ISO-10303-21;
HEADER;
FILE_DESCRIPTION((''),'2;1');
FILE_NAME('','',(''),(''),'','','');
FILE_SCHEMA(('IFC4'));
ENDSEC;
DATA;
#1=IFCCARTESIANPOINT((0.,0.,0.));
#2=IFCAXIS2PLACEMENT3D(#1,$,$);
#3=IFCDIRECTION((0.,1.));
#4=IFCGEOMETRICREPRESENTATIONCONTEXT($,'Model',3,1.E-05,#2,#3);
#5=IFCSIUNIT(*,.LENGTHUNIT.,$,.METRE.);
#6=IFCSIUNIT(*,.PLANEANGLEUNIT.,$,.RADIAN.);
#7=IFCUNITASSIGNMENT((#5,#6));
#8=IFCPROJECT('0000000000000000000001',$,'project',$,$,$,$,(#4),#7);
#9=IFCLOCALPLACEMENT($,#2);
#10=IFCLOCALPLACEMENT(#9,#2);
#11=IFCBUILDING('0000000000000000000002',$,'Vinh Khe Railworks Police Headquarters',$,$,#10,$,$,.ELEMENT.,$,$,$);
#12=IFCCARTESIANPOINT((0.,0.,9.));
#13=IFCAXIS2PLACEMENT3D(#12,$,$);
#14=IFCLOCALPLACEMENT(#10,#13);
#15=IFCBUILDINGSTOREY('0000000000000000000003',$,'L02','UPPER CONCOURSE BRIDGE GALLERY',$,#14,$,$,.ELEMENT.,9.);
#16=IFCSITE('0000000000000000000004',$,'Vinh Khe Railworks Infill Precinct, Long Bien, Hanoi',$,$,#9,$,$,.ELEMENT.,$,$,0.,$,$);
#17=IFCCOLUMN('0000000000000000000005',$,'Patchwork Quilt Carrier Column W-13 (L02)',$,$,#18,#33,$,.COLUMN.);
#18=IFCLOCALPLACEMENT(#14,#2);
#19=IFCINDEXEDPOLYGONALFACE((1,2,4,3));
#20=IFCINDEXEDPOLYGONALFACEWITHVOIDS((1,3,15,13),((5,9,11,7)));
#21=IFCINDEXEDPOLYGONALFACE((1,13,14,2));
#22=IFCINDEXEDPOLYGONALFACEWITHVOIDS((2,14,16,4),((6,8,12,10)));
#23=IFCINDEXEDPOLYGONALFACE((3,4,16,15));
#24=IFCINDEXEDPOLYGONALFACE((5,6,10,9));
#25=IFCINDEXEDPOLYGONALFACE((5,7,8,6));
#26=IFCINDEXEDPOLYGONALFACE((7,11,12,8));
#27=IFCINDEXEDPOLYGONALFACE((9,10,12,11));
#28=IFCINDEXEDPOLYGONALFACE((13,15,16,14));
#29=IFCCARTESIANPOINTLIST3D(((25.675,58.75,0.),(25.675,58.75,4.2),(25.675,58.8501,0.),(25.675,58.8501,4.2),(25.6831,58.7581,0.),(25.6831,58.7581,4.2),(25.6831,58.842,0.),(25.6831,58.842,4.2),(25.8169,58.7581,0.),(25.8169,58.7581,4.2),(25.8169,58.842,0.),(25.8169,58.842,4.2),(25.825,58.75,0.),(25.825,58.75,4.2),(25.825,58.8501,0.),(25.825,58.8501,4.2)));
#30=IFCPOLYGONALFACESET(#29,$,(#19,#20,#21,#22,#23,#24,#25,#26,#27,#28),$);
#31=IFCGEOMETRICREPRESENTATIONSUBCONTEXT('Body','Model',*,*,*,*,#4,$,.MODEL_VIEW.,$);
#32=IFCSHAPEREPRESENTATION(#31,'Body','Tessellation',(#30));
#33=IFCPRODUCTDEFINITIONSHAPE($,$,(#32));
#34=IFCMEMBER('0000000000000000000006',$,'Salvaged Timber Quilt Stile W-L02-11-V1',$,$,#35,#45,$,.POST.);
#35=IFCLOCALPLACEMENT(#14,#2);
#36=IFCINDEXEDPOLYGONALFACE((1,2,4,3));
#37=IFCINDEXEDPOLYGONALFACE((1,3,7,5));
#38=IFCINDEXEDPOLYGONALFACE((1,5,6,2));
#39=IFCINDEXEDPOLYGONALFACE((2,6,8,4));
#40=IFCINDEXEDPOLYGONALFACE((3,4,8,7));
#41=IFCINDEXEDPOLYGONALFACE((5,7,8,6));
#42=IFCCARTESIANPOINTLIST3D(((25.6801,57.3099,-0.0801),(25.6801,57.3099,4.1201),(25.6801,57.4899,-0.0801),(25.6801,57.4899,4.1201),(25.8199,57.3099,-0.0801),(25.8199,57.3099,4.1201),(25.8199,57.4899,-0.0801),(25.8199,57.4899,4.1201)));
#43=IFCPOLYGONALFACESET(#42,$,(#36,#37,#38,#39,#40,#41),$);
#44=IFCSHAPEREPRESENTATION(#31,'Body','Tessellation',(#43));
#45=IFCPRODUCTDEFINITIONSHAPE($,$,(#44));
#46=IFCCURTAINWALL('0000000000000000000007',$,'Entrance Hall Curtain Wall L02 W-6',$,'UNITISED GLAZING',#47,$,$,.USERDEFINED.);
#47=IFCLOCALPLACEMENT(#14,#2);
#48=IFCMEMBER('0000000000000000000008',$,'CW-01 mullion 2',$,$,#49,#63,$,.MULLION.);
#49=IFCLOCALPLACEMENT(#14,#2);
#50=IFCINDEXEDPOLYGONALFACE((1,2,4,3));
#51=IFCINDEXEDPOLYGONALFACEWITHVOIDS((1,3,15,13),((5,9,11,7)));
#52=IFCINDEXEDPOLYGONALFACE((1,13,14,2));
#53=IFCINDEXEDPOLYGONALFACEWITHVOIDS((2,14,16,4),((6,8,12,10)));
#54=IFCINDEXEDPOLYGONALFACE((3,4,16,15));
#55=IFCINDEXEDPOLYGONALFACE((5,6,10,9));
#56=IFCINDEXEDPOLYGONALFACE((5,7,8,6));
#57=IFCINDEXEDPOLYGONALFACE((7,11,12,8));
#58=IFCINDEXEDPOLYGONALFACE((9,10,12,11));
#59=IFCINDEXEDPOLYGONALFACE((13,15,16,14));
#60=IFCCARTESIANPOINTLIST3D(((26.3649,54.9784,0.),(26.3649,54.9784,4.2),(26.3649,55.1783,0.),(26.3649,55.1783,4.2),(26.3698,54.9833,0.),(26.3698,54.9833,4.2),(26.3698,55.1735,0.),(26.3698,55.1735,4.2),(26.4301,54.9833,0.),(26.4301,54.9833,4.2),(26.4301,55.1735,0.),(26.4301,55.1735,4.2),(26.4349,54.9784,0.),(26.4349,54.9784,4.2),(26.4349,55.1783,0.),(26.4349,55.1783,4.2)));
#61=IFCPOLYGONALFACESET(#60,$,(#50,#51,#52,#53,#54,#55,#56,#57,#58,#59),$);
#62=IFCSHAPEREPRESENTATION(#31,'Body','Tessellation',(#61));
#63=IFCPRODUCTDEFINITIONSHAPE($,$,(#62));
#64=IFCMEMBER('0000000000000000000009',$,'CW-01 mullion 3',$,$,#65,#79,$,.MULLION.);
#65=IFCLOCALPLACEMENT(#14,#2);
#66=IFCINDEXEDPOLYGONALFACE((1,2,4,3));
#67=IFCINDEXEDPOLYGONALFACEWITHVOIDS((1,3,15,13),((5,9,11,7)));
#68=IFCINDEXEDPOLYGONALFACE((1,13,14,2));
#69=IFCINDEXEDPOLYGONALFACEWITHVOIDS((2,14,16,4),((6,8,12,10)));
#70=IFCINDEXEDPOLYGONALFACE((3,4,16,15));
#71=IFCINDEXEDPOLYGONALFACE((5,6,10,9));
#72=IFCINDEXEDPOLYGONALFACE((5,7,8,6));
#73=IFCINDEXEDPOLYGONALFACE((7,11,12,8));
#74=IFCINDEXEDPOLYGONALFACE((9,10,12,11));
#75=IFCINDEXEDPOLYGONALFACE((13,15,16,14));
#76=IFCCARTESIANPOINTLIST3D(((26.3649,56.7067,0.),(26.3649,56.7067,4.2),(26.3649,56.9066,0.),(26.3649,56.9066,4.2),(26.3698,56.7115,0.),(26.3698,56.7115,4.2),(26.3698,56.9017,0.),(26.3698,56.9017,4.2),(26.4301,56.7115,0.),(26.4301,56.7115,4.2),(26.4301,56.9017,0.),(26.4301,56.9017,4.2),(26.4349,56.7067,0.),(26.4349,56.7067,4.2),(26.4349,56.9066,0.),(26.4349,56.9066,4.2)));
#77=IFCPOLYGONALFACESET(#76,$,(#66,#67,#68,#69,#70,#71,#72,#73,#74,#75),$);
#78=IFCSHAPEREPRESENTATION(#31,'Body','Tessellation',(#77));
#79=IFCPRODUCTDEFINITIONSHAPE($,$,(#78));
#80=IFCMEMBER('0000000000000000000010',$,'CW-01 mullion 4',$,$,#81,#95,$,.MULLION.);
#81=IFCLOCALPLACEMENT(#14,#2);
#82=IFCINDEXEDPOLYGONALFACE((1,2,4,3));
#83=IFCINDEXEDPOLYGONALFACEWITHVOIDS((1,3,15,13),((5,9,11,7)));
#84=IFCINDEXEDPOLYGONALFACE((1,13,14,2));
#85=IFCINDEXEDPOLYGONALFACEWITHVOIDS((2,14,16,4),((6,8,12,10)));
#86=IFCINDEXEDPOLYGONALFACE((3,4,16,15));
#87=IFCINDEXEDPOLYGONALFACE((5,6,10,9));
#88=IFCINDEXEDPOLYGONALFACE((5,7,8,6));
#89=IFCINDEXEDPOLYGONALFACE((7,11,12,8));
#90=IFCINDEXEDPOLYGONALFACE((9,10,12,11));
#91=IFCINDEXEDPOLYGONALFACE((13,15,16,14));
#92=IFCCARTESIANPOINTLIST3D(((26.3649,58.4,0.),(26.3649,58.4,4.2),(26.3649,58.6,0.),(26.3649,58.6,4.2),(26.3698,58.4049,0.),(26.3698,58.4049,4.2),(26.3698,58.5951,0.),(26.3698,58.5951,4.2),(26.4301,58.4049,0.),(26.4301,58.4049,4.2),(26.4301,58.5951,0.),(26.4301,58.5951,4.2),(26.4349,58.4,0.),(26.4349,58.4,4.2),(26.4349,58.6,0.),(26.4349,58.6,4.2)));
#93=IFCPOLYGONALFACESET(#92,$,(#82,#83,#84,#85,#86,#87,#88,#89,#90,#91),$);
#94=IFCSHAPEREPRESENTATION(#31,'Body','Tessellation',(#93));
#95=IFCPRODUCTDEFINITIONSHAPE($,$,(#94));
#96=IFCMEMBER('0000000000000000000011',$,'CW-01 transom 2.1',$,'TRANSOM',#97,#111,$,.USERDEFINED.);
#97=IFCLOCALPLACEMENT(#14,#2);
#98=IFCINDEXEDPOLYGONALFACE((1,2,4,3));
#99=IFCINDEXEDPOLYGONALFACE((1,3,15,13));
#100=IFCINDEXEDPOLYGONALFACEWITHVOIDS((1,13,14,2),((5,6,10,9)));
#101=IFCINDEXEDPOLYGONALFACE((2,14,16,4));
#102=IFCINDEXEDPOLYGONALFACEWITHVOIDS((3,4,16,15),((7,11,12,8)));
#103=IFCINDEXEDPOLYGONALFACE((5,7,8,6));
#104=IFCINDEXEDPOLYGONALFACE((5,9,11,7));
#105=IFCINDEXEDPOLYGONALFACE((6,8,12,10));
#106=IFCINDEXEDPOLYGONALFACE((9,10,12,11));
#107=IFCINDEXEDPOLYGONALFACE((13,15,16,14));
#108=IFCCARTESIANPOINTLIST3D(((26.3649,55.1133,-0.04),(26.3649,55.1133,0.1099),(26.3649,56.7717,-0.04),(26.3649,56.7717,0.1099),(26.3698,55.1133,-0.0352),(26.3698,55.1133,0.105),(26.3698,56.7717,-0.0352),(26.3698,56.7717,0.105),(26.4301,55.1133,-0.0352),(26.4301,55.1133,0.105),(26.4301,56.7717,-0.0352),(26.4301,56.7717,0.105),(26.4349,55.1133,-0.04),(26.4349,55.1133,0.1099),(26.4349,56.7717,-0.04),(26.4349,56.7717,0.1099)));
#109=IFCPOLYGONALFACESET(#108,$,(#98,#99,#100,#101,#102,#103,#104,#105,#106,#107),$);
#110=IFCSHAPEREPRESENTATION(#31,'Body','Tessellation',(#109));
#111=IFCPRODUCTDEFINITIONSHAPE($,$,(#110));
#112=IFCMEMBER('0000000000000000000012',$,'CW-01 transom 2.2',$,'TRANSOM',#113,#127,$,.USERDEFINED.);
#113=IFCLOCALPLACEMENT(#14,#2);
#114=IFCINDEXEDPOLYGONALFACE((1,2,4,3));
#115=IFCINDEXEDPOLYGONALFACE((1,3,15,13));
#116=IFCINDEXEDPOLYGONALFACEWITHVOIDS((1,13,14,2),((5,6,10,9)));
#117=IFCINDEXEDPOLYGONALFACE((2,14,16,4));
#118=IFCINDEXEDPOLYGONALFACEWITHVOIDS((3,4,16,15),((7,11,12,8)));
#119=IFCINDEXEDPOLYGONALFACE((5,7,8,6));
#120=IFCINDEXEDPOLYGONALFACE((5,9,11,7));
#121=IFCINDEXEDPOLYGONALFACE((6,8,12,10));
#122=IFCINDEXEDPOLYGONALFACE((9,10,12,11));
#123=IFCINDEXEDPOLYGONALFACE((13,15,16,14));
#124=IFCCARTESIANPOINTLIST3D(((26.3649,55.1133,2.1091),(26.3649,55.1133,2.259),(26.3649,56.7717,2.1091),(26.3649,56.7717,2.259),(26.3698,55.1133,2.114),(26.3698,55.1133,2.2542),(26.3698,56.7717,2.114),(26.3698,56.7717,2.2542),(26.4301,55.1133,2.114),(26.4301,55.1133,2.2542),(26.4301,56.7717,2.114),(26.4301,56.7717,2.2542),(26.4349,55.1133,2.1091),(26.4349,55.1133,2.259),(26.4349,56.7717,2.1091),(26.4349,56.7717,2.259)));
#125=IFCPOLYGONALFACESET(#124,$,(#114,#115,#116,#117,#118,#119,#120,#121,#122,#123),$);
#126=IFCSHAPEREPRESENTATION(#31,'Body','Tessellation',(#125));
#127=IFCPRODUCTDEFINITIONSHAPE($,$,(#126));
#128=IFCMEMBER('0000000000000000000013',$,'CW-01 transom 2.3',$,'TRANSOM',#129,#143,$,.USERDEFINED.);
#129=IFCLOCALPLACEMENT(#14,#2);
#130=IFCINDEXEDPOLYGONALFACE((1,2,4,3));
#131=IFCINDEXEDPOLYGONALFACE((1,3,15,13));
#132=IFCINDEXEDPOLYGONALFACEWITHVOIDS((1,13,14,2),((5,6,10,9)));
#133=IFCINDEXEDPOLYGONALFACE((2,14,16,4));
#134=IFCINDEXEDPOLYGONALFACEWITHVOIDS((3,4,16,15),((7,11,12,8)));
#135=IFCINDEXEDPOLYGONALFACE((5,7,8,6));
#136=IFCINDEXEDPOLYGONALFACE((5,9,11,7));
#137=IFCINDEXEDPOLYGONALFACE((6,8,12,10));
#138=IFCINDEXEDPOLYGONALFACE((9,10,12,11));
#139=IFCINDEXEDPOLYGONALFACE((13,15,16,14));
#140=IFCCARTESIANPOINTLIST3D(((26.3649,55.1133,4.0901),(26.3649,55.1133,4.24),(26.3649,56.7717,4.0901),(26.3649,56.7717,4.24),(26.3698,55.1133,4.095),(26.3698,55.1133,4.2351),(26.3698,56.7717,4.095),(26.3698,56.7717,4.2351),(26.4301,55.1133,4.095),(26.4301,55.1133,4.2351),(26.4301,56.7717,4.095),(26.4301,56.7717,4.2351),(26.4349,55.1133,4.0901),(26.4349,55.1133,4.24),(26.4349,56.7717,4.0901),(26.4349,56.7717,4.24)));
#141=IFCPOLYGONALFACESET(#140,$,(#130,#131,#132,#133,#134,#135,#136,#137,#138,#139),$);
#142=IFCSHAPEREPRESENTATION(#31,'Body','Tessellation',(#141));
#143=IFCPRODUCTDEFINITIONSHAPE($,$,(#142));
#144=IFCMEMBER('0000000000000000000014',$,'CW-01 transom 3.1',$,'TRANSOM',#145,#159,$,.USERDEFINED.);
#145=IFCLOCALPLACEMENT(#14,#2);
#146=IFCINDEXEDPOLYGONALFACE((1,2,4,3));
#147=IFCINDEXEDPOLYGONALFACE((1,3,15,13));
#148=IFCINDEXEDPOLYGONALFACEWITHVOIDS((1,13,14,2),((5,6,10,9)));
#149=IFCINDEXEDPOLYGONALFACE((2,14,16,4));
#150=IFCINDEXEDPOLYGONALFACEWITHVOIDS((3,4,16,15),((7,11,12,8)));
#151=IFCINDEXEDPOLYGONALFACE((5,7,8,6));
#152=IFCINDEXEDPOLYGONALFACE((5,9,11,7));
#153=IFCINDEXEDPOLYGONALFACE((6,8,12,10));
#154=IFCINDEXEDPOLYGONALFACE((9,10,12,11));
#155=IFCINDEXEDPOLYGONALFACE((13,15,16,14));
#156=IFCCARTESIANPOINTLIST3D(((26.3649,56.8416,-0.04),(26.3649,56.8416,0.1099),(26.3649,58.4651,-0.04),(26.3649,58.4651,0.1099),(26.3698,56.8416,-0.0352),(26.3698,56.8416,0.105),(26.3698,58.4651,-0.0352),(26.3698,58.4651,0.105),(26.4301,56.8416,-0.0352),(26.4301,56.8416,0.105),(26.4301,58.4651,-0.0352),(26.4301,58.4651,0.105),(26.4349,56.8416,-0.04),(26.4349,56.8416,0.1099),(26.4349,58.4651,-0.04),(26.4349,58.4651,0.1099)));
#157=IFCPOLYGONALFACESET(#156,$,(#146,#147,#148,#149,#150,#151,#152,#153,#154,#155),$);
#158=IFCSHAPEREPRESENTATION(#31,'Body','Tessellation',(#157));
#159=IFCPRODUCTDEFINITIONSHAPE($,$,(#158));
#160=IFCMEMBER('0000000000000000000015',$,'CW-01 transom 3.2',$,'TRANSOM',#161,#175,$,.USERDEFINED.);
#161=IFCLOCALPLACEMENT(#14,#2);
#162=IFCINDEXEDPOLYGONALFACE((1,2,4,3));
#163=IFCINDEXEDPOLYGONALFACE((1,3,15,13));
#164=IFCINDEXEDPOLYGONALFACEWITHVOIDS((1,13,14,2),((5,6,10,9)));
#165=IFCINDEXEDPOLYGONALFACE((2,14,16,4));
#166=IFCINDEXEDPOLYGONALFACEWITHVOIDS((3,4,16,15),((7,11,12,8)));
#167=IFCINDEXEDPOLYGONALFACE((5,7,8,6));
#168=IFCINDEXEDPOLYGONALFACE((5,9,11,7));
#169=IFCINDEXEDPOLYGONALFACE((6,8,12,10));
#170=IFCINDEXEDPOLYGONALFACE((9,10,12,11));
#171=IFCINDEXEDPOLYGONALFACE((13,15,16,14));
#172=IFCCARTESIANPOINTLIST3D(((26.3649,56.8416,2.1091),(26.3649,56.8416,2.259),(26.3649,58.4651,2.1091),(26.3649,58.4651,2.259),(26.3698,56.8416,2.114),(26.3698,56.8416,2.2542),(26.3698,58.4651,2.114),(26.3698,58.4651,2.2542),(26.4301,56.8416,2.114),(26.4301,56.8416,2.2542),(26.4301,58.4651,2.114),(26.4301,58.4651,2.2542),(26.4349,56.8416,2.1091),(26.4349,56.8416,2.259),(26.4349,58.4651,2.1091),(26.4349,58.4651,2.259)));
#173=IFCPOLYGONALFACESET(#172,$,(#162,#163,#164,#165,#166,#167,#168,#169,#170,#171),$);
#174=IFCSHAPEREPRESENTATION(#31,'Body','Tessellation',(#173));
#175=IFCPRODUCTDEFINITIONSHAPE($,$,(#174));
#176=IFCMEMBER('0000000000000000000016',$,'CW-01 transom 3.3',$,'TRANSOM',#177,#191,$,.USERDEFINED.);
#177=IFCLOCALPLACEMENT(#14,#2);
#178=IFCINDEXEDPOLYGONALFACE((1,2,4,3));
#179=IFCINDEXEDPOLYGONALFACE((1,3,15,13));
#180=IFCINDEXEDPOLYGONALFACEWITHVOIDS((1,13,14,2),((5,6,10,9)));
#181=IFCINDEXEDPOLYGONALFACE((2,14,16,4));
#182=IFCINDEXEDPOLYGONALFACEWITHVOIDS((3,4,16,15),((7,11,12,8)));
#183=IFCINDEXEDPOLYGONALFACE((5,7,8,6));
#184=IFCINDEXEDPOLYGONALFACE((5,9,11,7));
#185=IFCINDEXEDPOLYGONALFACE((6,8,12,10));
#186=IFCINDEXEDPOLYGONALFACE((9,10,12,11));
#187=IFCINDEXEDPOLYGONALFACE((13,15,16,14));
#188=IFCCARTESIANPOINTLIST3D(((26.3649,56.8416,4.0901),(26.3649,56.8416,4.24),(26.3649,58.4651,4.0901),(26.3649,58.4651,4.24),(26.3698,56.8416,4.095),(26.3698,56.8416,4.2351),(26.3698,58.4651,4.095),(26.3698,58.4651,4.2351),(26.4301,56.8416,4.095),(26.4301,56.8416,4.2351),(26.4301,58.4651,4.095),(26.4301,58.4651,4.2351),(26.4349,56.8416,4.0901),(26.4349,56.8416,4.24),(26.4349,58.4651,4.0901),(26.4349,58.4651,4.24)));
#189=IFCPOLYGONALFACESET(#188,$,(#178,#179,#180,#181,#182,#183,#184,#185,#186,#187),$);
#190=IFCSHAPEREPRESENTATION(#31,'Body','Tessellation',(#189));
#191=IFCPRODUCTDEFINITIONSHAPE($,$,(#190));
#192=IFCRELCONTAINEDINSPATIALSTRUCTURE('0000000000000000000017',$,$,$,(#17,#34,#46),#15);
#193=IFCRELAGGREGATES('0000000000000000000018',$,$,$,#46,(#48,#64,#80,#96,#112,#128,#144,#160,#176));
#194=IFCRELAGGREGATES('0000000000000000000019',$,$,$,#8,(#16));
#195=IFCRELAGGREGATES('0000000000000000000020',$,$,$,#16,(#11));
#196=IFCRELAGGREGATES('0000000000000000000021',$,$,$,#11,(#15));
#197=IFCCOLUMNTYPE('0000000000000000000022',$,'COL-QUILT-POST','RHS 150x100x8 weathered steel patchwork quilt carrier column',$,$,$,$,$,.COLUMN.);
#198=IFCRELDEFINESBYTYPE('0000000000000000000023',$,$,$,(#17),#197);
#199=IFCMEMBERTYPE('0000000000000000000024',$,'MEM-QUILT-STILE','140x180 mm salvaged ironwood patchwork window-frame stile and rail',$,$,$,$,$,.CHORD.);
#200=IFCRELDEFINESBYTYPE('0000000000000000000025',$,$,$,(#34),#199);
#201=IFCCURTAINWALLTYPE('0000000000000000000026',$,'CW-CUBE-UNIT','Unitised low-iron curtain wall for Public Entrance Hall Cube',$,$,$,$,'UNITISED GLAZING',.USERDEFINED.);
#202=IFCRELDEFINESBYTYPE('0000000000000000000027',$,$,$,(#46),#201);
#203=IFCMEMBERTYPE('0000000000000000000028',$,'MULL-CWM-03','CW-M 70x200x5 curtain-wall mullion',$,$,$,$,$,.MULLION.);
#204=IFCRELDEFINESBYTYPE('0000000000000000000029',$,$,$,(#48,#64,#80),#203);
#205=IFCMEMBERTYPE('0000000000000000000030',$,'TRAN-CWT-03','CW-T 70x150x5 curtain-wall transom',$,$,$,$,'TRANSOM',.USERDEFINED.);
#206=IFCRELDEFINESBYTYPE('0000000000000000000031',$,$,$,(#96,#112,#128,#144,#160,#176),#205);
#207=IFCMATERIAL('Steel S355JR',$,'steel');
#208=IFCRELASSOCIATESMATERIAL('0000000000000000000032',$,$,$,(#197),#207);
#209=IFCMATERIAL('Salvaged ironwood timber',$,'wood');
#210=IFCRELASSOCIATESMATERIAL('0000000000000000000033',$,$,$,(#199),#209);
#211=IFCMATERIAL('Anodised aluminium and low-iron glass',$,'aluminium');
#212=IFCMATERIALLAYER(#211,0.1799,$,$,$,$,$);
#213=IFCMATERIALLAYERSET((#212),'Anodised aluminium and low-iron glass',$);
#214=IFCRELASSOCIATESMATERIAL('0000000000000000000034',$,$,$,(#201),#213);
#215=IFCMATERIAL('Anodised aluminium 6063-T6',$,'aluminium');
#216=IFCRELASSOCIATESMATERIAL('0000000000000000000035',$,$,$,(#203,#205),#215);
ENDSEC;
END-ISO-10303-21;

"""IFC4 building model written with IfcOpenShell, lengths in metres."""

from ifc_helpers import new_model, si_unit, direction, frame, origin, origin_2d, place, context, subcontext, project, spatial, rectangle, hollow_rectangle, extrude, material, layer, layer_set, material_profile, profile_set, type_object, element, aggregate, save


model = new_model("IFC4")

# Units and contexts
model_context = context("Model", 3, precision=1e-05, world=origin(), true_north=direction((0.0, 1.0)))
body_context = subcontext(model_context, "Body", "Model", "MODEL_VIEW")
ifc_project = project(units=[si_unit("LENGTHUNIT", "METRE"), si_unit("PLANEANGLEUNIT", "RADIAN")], contexts=[model_context])

# Site, building, storey
site_placement = place(None, origin())
site = spatial("IfcSite", under=ifc_project, at=site_placement, Name="Vinh Khe Railworks Infill Precinct, Long Bien, Hanoi", CompositionType="ELEMENT", RefElevation=0.0)
building_placement = place(site_placement, origin())
building = spatial("IfcBuilding", under=site, at=building_placement, Name="Vinh Khe Railworks Police Headquarters", CompositionType="ELEMENT")
storey_placement = place(building_placement, frame((0.0, 0.0, 9.0)))
storey = spatial("IfcBuildingStorey", under=building, at=storey_placement, Name="L02", Description="UPPER CONCOURSE BRIDGE GALLERY", CompositionType="ELEMENT", Elevation=9.0)

# Column
ifc_material_1 = material(Name="Steel S355JR", Category="steel")
ifc_material_profile_1 = material_profile(ifc_material_1, hollow_rectangle(XDim=0.1499, YDim=0.1001, WallThickness=0.0081, at=origin_2d()), Name="RHS 150x100x8")
ifc_profile_set_1 = profile_set([ifc_material_profile_1], Name="Steel S355JR")
column_type = type_object("IfcColumnType", Name="COL-QUILT-POST", Description="RHS 150x100x8 weathered steel patchwork quilt carrier column", PredefinedType="COLUMN", material=ifc_profile_set_1)
column_placement = place(storey_placement, frame((25.75, 58.8, 0.0), z_axis=(0.0, 0.0, 1.0), x_axis=(1.0, 0.0, 0.0)))
element("IfcColumn", 1, at=column_placement, inside=storey, type_object=column_type, Name="Patchwork Quilt Carrier Column W-13 (L02)", PredefinedType="COLUMN", context=body_context, shape_type="SweptSolid", body=[
    extrude(hollow_rectangle(XDim=0.1499, YDim=0.1001, WallThickness=0.0081, at=origin_2d()), origin(), (0.0, 0.0, 1.0), 4.2),
])

# Member
ifc_material_2 = material(Name="Salvaged ironwood timber", Category="wood")
ifc_material_profile_2 = material_profile(ifc_material_2, rectangle(XDim=0.1399, YDim=0.1799, at=origin_2d()), Name="TIMBER 140x180")
ifc_profile_set_2 = profile_set([ifc_material_profile_2], Name="Salvaged ironwood timber")
member_type_1 = type_object("IfcMemberType", Name="MEM-QUILT-STILE", Description="140x180 mm salvaged ironwood patchwork window-frame stile and rail", PredefinedType="CHORD", material=ifc_profile_set_2)
member_1_placement = place(storey_placement, frame((25.75, 57.3999, -0.0801), z_axis=(0.0, 0.0, 1.0), x_axis=(1.0, 0.0, 0.0)))
element("IfcMember", 2, at=member_1_placement, inside=storey, type_object=member_type_1, Name="Salvaged Timber Quilt Stile W-L02-11-V1", PredefinedType="POST", context=body_context, shape_type="SweptSolid", body=[
    extrude(rectangle(XDim=0.1399, YDim=0.1799, at=origin_2d()), origin(), (0.0, 0.0, 1.0), 4.2002),
])

# Curtain wall, members
ifc_material_3 = material(Name="Anodised aluminium and low-iron glass", Category="aluminium")
ifc_layer_1 = layer(ifc_material_3, 0.1799)
ifc_layer_set_1 = layer_set([ifc_layer_1], Name="Anodised aluminium and low-iron glass")
curtain_wall_type = type_object("IfcCurtainWallType", Name="CW-CUBE-UNIT", Description="Unitised low-iron curtain wall for Public Entrance Hall Cube", ElementType="UNITISED GLAZING", PredefinedType="USERDEFINED", material=ifc_layer_set_1)
curtain_wall_placement = place(storey_placement, origin())
curtain_wall = element("IfcCurtainWall", 3, at=curtain_wall_placement, inside=storey, type_object=curtain_wall_type, Name="Entrance Hall Curtain Wall L02 W-6", ObjectType="UNITISED GLAZING", PredefinedType="USERDEFINED")
ifc_material_4 = material(Name="Anodised aluminium 6063-T6", Category="aluminium")
ifc_material_profile_3 = material_profile(ifc_material_4, hollow_rectangle(XDim=0.0701, YDim=0.2, WallThickness=0.0049, at=origin_2d()), Name="CW-M 70x200x5")
ifc_profile_set_3 = profile_set([ifc_material_profile_3], Name="Anodised aluminium 6063-T6")
member_type_2 = type_object("IfcMemberType", Name="MULL-CWM-03", Description="CW-M 70x200x5 curtain-wall mullion", PredefinedType="MULLION", material=ifc_profile_set_3)
member_2_placement = place(storey_placement, frame((26.3999, 55.0784, 0.0), z_axis=(0.0, 0.0, 1.0), x_axis=(-1.0, 0.0, 0.0)))
member_2 = element("IfcMember", 4, at=member_2_placement, type_object=member_type_2, Name="CW-01 mullion 2", PredefinedType="MULLION", context=body_context, shape_type="SweptSolid", body=[
    extrude(hollow_rectangle(XDim=0.0701, YDim=0.2, WallThickness=0.0049, at=origin_2d()), origin(), (0.0, 0.0, 1.0), 4.2),
])
member_3_placement = place(storey_placement, frame((26.3999, 56.8066, 0.0), z_axis=(0.0, 0.0, 1.0), x_axis=(-1.0, 0.0, 0.0)))
member_3 = element("IfcMember", 5, at=member_3_placement, type_object=member_type_2, Name="CW-01 mullion 3", PredefinedType="MULLION", context=body_context, shape_type="SweptSolid", body=[
    extrude(hollow_rectangle(XDim=0.0701, YDim=0.2, WallThickness=0.0049, at=origin_2d()), origin(), (0.0, 0.0, 1.0), 4.2),
])
member_4_placement = place(storey_placement, frame((26.3999, 58.5, 0.0), z_axis=(0.0, 0.0, 1.0), x_axis=(-1.0, 0.0, 0.0)))
member_4 = element("IfcMember", 6, at=member_4_placement, type_object=member_type_2, Name="CW-01 mullion 4", PredefinedType="MULLION", context=body_context, shape_type="SweptSolid", body=[
    extrude(hollow_rectangle(XDim=0.0701, YDim=0.2, WallThickness=0.0049, at=origin_2d()), origin(), (0.0, 0.0, 1.0), 4.2),
])
ifc_material_profile_4 = material_profile(ifc_material_4, hollow_rectangle(XDim=0.0701, YDim=0.1499, WallThickness=0.0049, at=origin_2d()), Name="CW-T 70x150x5")
ifc_profile_set_4 = profile_set([ifc_material_profile_4], Name="Anodised aluminium 6063-T6")
member_type_3 = type_object("IfcMemberType", Name="TRAN-CWT-03", Description="CW-T 70x150x5 curtain-wall transom", ElementType="TRANSOM", PredefinedType="USERDEFINED", material=ifc_profile_set_4)
member_5_placement = place(storey_placement, frame((26.3999, 55.1133, 0.0349), z_axis=(0.0, 1.0, 0.0), x_axis=(-1.0, 0.0, 0.0)))
member_5 = element("IfcMember", 7, at=member_5_placement, type_object=member_type_3, Name="CW-01 transom 2.1", ObjectType="TRANSOM", PredefinedType="USERDEFINED", context=body_context, shape_type="SweptSolid", body=[
    extrude(hollow_rectangle(XDim=0.0701, YDim=0.1499, WallThickness=0.0049, at=origin_2d()), origin(), (0.0, 0.0, 1.0), 1.6584),
])
member_6_placement = place(storey_placement, frame((26.3999, 55.1133, 2.1841), z_axis=(0.0, 1.0, 0.0), x_axis=(-1.0, 0.0, 0.0)))
member_6 = element("IfcMember", 8, at=member_6_placement, type_object=member_type_3, Name="CW-01 transom 2.2", ObjectType="TRANSOM", PredefinedType="USERDEFINED", context=body_context, shape_type="SweptSolid", body=[
    extrude(hollow_rectangle(XDim=0.0701, YDim=0.1499, WallThickness=0.0049, at=origin_2d()), origin(), (0.0, 0.0, 1.0), 1.6584),
])
member_7_placement = place(storey_placement, frame((26.3999, 55.1133, 4.165), z_axis=(0.0, 1.0, 0.0), x_axis=(-1.0, 0.0, 0.0)))
member_7 = element("IfcMember", 9, at=member_7_placement, type_object=member_type_3, Name="CW-01 transom 2.3", ObjectType="TRANSOM", PredefinedType="USERDEFINED", context=body_context, shape_type="SweptSolid", body=[
    extrude(hollow_rectangle(XDim=0.0701, YDim=0.1499, WallThickness=0.0049, at=origin_2d()), origin(), (0.0, 0.0, 1.0), 1.6584),
])
member_8_placement = place(storey_placement, frame((26.3999, 56.8416, 0.0349), z_axis=(0.0, 1.0, 0.0), x_axis=(-1.0, 0.0, 0.0)))
member_8 = element("IfcMember", 10, at=member_8_placement, type_object=member_type_3, Name="CW-01 transom 3.1", ObjectType="TRANSOM", PredefinedType="USERDEFINED", context=body_context, shape_type="SweptSolid", body=[
    extrude(hollow_rectangle(XDim=0.0701, YDim=0.1499, WallThickness=0.0049, at=origin_2d()), origin(), (0.0, 0.0, 1.0), 1.6235),
])
member_9_placement = place(storey_placement, frame((26.3999, 56.8416, 2.1841), z_axis=(0.0, 1.0, 0.0), x_axis=(-1.0, 0.0, 0.0)))
member_9 = element("IfcMember", 11, at=member_9_placement, type_object=member_type_3, Name="CW-01 transom 3.2", ObjectType="TRANSOM", PredefinedType="USERDEFINED", context=body_context, shape_type="SweptSolid", body=[
    extrude(hollow_rectangle(XDim=0.0701, YDim=0.1499, WallThickness=0.0049, at=origin_2d()), origin(), (0.0, 0.0, 1.0), 1.6235),
])
member_10_placement = place(storey_placement, frame((26.3999, 56.8416, 4.165), z_axis=(0.0, 1.0, 0.0), x_axis=(-1.0, 0.0, 0.0)))
member_10 = element("IfcMember", 12, at=member_10_placement, type_object=member_type_3, Name="CW-01 transom 3.3", ObjectType="TRANSOM", PredefinedType="USERDEFINED", context=body_context, shape_type="SweptSolid", body=[
    extrude(hollow_rectangle(XDim=0.0701, YDim=0.1499, WallThickness=0.0049, at=origin_2d()), origin(), (0.0, 0.0, 1.0), 1.6235),
])
aggregate(curtain_wall, [member_2, member_3, member_4, member_5, member_6, member_7, member_8, member_9, member_10])

save(model, "model.ifc")
